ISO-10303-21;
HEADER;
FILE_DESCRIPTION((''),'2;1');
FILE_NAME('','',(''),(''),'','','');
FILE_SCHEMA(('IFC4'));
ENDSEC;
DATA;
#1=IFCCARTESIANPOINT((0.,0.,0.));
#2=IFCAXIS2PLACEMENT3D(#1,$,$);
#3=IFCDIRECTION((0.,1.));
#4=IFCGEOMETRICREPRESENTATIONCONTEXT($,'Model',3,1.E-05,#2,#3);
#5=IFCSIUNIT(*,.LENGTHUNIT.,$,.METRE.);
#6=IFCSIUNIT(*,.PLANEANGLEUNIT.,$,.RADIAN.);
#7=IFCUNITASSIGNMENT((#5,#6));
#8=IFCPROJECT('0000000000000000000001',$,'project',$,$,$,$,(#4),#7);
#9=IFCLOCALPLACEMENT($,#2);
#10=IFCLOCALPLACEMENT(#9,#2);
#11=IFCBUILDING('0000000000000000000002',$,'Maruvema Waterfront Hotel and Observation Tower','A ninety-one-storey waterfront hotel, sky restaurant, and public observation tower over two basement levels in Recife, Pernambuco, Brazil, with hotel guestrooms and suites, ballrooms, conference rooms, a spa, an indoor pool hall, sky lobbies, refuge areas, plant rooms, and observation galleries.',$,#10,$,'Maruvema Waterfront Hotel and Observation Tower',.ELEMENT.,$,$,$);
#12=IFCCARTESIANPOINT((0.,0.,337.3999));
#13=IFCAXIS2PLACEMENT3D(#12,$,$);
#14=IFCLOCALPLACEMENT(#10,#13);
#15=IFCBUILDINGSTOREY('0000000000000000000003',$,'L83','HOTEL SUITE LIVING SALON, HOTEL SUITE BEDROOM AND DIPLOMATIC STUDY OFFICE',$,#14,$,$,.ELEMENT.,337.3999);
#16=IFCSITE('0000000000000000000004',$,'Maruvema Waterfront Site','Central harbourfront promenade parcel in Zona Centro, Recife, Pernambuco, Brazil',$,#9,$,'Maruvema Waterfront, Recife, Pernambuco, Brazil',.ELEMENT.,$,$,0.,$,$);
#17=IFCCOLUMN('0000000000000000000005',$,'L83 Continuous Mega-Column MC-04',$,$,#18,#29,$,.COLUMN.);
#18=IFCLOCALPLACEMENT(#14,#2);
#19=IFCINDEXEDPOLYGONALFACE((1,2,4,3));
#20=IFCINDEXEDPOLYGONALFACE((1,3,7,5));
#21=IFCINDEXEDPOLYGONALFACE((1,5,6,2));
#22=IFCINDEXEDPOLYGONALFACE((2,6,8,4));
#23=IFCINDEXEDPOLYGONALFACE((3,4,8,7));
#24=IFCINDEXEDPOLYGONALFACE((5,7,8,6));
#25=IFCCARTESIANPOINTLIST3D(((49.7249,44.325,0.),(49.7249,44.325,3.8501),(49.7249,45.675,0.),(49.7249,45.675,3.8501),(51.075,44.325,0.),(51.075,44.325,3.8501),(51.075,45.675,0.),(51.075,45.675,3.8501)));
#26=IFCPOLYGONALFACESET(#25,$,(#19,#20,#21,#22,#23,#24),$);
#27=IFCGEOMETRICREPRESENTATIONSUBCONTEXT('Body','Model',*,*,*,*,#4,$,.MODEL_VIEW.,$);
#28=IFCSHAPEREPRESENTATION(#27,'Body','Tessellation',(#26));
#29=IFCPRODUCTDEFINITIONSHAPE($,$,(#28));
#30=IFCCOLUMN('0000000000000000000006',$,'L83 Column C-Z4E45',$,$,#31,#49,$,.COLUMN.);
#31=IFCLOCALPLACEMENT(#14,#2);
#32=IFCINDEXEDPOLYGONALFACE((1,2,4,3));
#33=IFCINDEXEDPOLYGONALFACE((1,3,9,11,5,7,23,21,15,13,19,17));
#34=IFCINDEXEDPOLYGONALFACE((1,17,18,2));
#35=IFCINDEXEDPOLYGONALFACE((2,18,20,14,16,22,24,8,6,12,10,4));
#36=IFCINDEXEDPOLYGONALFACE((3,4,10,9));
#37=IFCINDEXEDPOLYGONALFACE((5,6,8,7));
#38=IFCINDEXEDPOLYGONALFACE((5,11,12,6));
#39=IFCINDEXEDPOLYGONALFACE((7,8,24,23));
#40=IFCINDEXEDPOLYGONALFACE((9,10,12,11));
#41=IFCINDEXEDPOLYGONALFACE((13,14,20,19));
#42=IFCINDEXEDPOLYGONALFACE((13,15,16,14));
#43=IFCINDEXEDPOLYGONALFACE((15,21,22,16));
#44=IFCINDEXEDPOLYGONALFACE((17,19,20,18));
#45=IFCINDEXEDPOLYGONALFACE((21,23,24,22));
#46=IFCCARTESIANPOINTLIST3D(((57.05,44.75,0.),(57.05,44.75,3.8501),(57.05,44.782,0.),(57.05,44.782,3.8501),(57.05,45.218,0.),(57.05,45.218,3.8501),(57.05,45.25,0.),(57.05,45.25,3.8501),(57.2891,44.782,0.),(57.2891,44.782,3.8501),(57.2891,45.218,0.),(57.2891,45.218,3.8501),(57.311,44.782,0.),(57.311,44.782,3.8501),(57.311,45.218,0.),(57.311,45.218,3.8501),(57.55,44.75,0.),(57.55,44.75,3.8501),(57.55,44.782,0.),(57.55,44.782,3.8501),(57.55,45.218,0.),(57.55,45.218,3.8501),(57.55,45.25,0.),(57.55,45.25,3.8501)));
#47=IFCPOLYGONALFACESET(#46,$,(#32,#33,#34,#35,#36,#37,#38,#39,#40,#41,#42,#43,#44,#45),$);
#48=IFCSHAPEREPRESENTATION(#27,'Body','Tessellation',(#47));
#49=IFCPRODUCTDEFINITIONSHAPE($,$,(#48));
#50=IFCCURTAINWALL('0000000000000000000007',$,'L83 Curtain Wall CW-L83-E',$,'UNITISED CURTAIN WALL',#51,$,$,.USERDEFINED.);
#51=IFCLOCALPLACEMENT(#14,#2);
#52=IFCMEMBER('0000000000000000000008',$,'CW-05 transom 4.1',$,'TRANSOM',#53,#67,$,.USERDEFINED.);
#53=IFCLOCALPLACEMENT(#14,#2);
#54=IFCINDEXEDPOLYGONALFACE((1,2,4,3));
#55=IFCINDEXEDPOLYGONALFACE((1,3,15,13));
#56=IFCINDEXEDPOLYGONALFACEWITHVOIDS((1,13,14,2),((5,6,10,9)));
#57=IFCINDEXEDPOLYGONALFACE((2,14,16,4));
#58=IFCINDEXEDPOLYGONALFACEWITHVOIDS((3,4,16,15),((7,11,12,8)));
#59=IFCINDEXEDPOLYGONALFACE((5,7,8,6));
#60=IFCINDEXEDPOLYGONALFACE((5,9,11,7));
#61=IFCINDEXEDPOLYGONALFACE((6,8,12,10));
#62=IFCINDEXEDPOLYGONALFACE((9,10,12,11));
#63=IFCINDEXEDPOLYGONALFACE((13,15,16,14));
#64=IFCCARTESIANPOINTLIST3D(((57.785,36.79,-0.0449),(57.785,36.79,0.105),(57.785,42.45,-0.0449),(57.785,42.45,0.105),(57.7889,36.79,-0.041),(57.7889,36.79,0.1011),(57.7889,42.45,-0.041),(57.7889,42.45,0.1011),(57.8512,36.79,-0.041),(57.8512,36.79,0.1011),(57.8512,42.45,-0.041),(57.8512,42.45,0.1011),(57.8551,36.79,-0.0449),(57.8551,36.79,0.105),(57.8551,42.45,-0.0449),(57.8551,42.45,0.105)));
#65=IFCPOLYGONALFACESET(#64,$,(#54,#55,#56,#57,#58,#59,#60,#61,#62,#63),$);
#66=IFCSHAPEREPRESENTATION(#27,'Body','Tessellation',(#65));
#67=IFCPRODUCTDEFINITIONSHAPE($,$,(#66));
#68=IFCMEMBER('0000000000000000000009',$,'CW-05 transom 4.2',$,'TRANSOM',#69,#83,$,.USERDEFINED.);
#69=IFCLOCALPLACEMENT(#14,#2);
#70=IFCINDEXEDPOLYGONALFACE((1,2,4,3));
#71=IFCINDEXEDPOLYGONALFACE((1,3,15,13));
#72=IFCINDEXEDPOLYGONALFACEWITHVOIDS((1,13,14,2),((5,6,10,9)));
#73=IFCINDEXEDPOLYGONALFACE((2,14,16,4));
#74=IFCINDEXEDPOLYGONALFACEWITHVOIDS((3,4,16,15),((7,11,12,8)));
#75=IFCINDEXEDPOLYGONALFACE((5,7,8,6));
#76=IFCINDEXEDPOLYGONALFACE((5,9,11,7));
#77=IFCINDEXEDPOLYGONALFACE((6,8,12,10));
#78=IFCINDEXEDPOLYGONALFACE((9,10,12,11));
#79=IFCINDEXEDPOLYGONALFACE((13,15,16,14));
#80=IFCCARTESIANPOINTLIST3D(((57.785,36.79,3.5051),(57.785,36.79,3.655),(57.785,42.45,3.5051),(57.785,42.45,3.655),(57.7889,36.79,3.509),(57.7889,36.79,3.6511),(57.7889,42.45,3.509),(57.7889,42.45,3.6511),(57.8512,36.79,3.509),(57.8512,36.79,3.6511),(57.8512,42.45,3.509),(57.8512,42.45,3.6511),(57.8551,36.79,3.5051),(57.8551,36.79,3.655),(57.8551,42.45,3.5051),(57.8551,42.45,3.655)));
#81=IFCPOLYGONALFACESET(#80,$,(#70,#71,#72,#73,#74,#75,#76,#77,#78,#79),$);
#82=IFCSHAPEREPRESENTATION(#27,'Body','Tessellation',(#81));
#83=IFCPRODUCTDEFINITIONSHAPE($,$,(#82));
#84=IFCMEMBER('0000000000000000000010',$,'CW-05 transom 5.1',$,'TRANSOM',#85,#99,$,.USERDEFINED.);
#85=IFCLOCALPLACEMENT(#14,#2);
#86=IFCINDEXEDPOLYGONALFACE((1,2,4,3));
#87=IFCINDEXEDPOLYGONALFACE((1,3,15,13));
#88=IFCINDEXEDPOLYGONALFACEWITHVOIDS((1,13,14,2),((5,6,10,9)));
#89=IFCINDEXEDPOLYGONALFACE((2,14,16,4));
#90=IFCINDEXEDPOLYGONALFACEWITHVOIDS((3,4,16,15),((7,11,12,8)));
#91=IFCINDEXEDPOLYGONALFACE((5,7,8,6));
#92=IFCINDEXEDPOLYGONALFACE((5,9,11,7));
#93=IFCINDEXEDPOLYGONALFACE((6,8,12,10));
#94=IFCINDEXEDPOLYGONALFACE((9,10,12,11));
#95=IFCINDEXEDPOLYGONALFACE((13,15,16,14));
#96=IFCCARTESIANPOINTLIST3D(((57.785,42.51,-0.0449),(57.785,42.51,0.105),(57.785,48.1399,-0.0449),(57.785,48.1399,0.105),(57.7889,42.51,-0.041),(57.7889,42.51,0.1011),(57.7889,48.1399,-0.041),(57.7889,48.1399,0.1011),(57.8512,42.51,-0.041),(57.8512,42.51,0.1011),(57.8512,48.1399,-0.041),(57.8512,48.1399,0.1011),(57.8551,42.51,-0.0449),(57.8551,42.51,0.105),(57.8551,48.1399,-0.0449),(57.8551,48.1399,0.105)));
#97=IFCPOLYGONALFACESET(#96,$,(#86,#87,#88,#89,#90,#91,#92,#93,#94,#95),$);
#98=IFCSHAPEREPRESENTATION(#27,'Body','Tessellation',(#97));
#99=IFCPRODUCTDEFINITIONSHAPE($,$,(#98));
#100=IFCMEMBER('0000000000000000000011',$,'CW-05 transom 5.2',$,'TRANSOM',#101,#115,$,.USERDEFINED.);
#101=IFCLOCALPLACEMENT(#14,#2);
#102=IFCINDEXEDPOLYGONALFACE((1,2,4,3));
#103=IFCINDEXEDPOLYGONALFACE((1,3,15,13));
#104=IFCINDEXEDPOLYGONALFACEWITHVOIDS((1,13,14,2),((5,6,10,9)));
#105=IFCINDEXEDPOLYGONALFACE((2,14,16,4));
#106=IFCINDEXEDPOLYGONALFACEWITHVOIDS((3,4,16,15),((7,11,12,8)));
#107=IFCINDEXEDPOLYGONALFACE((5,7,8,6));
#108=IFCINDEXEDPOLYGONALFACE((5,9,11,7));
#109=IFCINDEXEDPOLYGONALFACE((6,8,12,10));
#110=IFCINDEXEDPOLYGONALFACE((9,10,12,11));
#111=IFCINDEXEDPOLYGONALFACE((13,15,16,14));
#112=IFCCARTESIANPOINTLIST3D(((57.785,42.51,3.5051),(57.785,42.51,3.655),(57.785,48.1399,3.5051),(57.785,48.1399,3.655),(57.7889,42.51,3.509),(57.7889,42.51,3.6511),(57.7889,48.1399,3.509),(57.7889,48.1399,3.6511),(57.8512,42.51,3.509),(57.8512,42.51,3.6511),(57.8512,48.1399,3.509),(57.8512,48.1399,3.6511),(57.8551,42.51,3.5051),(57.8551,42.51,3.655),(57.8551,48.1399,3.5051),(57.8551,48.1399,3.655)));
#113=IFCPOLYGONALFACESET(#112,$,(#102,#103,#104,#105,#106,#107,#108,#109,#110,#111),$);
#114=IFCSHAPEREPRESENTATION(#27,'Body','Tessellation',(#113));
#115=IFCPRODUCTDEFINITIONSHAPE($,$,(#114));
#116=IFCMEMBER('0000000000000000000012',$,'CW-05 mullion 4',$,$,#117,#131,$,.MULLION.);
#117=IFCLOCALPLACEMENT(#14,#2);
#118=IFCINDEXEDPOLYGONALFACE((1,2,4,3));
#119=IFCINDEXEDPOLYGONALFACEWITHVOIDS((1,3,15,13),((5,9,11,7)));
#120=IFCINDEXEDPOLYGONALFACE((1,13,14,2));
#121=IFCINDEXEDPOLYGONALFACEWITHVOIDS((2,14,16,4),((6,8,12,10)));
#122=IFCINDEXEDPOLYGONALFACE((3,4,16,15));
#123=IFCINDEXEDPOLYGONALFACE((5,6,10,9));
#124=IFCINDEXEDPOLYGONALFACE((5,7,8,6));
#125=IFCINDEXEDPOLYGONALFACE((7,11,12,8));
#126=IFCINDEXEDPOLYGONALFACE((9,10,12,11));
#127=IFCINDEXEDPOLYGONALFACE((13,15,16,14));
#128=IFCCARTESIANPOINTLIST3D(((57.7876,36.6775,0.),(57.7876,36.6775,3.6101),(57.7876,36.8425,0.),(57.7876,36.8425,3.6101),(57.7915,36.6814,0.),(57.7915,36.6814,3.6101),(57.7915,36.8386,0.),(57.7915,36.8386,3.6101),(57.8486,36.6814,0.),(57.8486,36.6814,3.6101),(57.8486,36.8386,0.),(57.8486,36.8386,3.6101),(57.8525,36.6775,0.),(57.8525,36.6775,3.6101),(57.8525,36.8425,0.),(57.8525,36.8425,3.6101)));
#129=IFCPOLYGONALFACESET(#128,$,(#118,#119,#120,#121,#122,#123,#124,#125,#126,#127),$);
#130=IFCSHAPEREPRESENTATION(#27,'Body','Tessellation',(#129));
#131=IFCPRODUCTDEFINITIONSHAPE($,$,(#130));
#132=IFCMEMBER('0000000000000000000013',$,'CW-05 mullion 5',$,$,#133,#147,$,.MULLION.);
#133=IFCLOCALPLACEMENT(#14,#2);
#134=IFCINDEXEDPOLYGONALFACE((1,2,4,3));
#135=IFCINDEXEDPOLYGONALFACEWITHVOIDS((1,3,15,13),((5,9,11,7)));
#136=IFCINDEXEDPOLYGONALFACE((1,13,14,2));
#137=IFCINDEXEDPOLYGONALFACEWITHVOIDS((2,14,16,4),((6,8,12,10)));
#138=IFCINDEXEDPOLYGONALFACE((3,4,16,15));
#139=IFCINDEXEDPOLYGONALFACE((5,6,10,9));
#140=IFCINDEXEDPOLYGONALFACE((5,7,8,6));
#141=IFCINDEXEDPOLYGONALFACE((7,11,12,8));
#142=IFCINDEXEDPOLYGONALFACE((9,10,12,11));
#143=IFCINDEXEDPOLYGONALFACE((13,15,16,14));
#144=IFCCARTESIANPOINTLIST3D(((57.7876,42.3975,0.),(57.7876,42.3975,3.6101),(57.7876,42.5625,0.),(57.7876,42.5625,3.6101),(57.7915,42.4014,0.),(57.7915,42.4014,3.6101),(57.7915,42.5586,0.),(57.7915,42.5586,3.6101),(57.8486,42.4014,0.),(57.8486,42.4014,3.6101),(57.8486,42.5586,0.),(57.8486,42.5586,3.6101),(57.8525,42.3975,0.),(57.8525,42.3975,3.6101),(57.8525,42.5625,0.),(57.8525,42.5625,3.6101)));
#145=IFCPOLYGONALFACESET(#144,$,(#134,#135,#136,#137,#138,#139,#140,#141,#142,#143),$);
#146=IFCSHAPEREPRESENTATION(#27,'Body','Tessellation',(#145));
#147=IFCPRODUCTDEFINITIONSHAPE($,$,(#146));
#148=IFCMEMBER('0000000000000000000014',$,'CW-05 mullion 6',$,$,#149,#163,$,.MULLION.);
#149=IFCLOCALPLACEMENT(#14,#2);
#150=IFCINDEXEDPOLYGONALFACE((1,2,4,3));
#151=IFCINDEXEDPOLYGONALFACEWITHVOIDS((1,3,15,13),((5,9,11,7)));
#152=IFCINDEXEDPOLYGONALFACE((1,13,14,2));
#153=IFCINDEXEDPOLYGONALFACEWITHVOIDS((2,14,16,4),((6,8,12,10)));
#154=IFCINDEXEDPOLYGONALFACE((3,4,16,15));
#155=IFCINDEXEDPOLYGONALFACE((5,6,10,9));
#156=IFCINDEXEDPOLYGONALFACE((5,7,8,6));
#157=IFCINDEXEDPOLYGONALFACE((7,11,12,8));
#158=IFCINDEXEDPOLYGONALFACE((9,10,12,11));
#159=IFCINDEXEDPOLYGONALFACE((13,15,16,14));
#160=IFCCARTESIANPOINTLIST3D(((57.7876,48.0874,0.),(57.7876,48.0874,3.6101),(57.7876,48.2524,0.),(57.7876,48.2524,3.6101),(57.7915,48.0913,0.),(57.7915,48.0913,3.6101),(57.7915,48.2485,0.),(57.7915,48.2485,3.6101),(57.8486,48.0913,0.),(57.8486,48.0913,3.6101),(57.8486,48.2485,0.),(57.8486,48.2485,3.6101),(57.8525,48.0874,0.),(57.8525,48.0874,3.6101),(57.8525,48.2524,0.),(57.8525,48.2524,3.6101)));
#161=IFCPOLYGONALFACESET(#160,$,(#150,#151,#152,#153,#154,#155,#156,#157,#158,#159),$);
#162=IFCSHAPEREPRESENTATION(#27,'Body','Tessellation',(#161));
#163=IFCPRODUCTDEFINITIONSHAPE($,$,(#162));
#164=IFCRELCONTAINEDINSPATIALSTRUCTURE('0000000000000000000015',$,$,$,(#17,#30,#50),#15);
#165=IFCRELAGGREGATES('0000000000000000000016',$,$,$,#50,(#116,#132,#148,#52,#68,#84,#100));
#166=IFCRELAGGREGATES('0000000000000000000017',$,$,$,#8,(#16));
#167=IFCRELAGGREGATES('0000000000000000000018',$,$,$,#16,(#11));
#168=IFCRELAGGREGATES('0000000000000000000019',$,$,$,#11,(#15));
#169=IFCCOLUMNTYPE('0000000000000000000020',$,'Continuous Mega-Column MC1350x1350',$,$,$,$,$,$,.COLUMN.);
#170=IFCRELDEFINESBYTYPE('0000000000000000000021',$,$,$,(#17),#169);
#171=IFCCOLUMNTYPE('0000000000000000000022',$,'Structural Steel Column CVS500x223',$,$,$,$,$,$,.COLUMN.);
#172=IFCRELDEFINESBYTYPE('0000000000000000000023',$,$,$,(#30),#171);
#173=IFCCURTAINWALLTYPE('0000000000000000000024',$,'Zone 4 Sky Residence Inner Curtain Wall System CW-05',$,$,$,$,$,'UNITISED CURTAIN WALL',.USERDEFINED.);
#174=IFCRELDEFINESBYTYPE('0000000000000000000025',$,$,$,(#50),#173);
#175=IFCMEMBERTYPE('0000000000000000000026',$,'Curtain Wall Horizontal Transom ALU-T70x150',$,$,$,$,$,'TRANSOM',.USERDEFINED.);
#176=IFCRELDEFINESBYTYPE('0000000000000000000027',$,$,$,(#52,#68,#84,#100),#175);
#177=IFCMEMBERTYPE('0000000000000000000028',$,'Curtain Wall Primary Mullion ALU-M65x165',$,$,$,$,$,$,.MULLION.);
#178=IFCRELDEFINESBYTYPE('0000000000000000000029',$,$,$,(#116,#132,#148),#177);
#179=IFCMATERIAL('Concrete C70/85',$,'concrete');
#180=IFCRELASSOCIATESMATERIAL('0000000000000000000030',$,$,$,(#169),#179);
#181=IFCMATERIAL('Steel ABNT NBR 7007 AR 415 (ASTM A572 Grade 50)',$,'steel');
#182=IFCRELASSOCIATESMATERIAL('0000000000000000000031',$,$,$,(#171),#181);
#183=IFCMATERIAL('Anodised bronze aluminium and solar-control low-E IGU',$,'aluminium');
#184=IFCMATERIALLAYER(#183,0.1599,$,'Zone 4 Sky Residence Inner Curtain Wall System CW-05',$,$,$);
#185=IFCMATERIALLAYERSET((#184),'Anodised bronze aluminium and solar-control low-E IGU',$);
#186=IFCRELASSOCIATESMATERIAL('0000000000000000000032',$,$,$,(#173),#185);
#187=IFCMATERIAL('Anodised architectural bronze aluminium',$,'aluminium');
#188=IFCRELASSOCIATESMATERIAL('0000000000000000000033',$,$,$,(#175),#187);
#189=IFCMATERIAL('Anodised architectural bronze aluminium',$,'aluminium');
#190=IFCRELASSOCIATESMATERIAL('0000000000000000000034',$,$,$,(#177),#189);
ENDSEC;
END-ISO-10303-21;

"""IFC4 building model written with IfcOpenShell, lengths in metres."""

from ifc_helpers import new_model, si_unit, direction, frame, origin, origin_2d, place, context, subcontext, project, spatial, rectangle, hollow_rectangle, i_section, extrude, material, layer, layer_set, material_profile, profile_set, type_object, element, aggregate, save


model = new_model("IFC4")

# Units and contexts
model_context = context("Model", 3, precision=1e-05, world=origin(), true_north=direction((0.0, 1.0)))
body_context = subcontext(model_context, "Body", "Model", "MODEL_VIEW")
ifc_project = project(units=[si_unit("LENGTHUNIT", "METRE"), si_unit("PLANEANGLEUNIT", "RADIAN")], contexts=[model_context])

# Site, building, storey
site_placement = place(None, origin())
site = spatial("IfcSite", under=ifc_project, at=site_placement, Name="Maruvema Waterfront Site", Description="Central harbourfront promenade parcel in Zona Centro, Recife, Pernambuco, Brazil", LongName="Maruvema Waterfront, Recife, Pernambuco, Brazil", CompositionType="ELEMENT", RefElevation=0.0)
building_placement = place(site_placement, origin())
building = spatial("IfcBuilding", under=site, at=building_placement, Name="Maruvema Waterfront Hotel and Observation Tower", Description="A ninety-one-storey waterfront hotel, sky restaurant, and public observation tower over two basement levels in Recife, Pernambuco, Brazil, with hotel guestrooms and suites, ballrooms, conference rooms, a spa, an indoor pool hall, sky lobbies, refuge areas, plant rooms, and observation galleries.", LongName="Maruvema Waterfront Hotel and Observation Tower", CompositionType="ELEMENT")
storey_placement = place(building_placement, frame((0.0, 0.0, 337.3999)))
storey = spatial("IfcBuildingStorey", under=building, at=storey_placement, Name="L83", Description="HOTEL SUITE LIVING SALON, HOTEL SUITE BEDROOM AND DIPLOMATIC STUDY OFFICE", CompositionType="ELEMENT", Elevation=337.3999)

# Columns
ifc_material_1 = material(Name="Concrete C70/85", Category="concrete")
ifc_material_profile_1 = material_profile(ifc_material_1, rectangle(XDim=1.3501, YDim=1.3501, at=origin_2d()), Name="MC1350x1350")
ifc_profile_set_1 = profile_set([ifc_material_profile_1], Name="Concrete C70/85")
column_type_1 = type_object("IfcColumnType", Name="Continuous Mega-Column MC1350x1350", PredefinedType="COLUMN", material=ifc_profile_set_1)
column_1_placement = place(storey_placement, frame((50.3999, 45.0, 0.0), z_axis=(0.0, 0.0, 1.0), x_axis=(1.0, 0.0, 0.0)))
element("IfcColumn", 1, at=column_1_placement, inside=storey, type_object=column_type_1, Name="L83 Continuous Mega-Column MC-04", PredefinedType="COLUMN", context=body_context, shape_type="SweptSolid", body=[
    extrude(rectangle(XDim=1.3501, YDim=1.3501, at=origin_2d()), origin(), (0.0, 0.0, 1.0), 3.8501),
])
ifc_material_2 = material(Name="Steel ABNT NBR 7007 AR 415 (ASTM A572 Grade 50)", Category="steel")
ifc_material_profile_2 = material_profile(ifc_material_2, i_section(OverallWidth=0.5, OverallDepth=0.5, WebThickness=0.022, FlangeThickness=0.032, at=origin_2d()), Name="CVS500x223")
ifc_profile_set_2 = profile_set([ifc_material_profile_2], Name="Steel ABNT NBR 7007 AR 415 (ASTM A572 Grade 50)")
column_type_2 = type_object("IfcColumnType", Name="Structural Steel Column CVS500x223", PredefinedType="COLUMN", material=ifc_profile_set_2)
column_2_placement = place(storey_placement, frame((57.3, 45.0, 0.0), z_axis=(0.0, 0.0, 1.0), x_axis=(1.0, 0.0, 0.0)))
element("IfcColumn", 2, at=column_2_placement, inside=storey, type_object=column_type_2, Name="L83 Column C-Z4E45", PredefinedType="COLUMN", context=body_context, shape_type="SweptSolid", body=[
    extrude(i_section(OverallWidth=0.5, OverallDepth=0.5, WebThickness=0.022, FlangeThickness=0.032, at=origin_2d()), origin(), (0.0, 0.0, 1.0), 3.8501),
])

# Curtain wall, members
ifc_material_3 = material(Name="Anodised bronze aluminium and solar-control low-E IGU", Category="aluminium")
ifc_layer_1 = layer(ifc_material_3, 0.1599, Name="Zone 4 Sky Residence Inner Curtain Wall System CW-05")
ifc_layer_set_1 = layer_set([ifc_layer_1], Name="Anodised bronze aluminium and solar-control low-E IGU")
curtain_wall_type = type_object("IfcCurtainWallType", Name="Zone 4 Sky Residence Inner Curtain Wall System CW-05", ElementType="UNITISED CURTAIN WALL", PredefinedType="USERDEFINED", material=ifc_layer_set_1)
curtain_wall_placement = place(storey_placement, origin())
curtain_wall = element("IfcCurtainWall", 3, at=curtain_wall_placement, inside=storey, type_object=curtain_wall_type, Name="L83 Curtain Wall CW-L83-E", ObjectType="UNITISED CURTAIN WALL", PredefinedType="USERDEFINED")
ifc_material_4 = material(Name="Anodised architectural bronze aluminium", Category="aluminium")
ifc_material_profile_3 = material_profile(ifc_material_4, hollow_rectangle(XDim=0.0701, YDim=0.1499, WallThickness=0.0039, at=origin_2d()), Name="ALU-T70x150")
ifc_profile_set_3 = profile_set([ifc_material_profile_3], Name="Anodised architectural bronze aluminium")
member_type_1 = type_object("IfcMemberType", Name="Curtain Wall Horizontal Transom ALU-T70x150", ElementType="TRANSOM", PredefinedType="USERDEFINED", material=ifc_profile_set_3)
member_1_placement = place(storey_placement, frame((57.8201, 36.79, 0.03), z_axis=(0.0, 1.0, 0.0), x_axis=(-1.0, 0.0, 0.0)))
member_1 = element("IfcMember", 4, at=member_1_placement, type_object=member_type_1, Name="CW-05 transom 4.1", ObjectType="TRANSOM", PredefinedType="USERDEFINED", context=body_context, shape_type="SweptSolid", body=[
    extrude(hollow_rectangle(XDim=0.0701, YDim=0.1499, WallThickness=0.0039, at=origin_2d()), origin(), (0.0, 0.0, 1.0), 5.6599),
])
member_2_placement = place(storey_placement, frame((57.8201, 36.79, 3.5801), z_axis=(0.0, 1.0, 0.0), x_axis=(-1.0, 0.0, 0.0)))
member_2 = element("IfcMember", 5, at=member_2_placement, type_object=member_type_1, Name="CW-05 transom 4.2", ObjectType="TRANSOM", PredefinedType="USERDEFINED", context=body_context, shape_type="SweptSolid", body=[
    extrude(hollow_rectangle(XDim=0.0701, YDim=0.1499, WallThickness=0.0039, at=origin_2d()), origin(), (0.0, 0.0, 1.0), 5.6599),
])
member_3_placement = place(storey_placement, frame((57.8201, 42.51, 0.03), z_axis=(0.0, 1.0, 0.0), x_axis=(-1.0, 0.0, 0.0)))
member_3 = element("IfcMember", 6, at=member_3_placement, type_object=member_type_1, Name="CW-05 transom 5.1", ObjectType="TRANSOM", PredefinedType="USERDEFINED", context=body_context, shape_type="SweptSolid", body=[
    extrude(hollow_rectangle(XDim=0.0701, YDim=0.1499, WallThickness=0.0039, at=origin_2d()), origin(), (0.0, 0.0, 1.0), 5.6299),
])
member_4_placement = place(storey_placement, frame((57.8201, 42.51, 3.5801), z_axis=(0.0, 1.0, 0.0), x_axis=(-1.0, 0.0, 0.0)))
member_4 = element("IfcMember", 7, at=member_4_placement, type_object=member_type_1, Name="CW-05 transom 5.2", ObjectType="TRANSOM", PredefinedType="USERDEFINED", context=body_context, shape_type="SweptSolid", body=[
    extrude(hollow_rectangle(XDim=0.0701, YDim=0.1499, WallThickness=0.0039, at=origin_2d()), origin(), (0.0, 0.0, 1.0), 5.6299),
])
ifc_material_5 = material(Name="Anodised architectural bronze aluminium", Category="aluminium")
ifc_material_profile_4 = material_profile(ifc_material_5, hollow_rectangle(XDim=0.0649, YDim=0.165, WallThickness=0.0039, at=origin_2d()), Name="ALU-M65x165")
ifc_profile_set_4 = profile_set([ifc_material_profile_4], Name="Anodised architectural bronze aluminium")
member_type_2 = type_object("IfcMemberType", Name="Curtain Wall Primary Mullion ALU-M65x165", PredefinedType="MULLION", material=ifc_profile_set_4)
member_5_placement = place(storey_placement, frame((57.8201, 36.76, 0.0), z_axis=(0.0, 0.0, 1.0), x_axis=(-1.0, 0.0, 0.0)))
member_5 = element("IfcMember", 8, at=member_5_placement, type_object=member_type_2, Name="CW-05 mullion 4", PredefinedType="MULLION", context=body_context, shape_type="SweptSolid", body=[
    extrude(hollow_rectangle(XDim=0.0649, YDim=0.165, WallThickness=0.0039, at=origin_2d()), origin(), (0.0, 0.0, 1.0), 3.6101),
])
member_6_placement = place(storey_placement, frame((57.8201, 42.48, 0.0), z_axis=(0.0, 0.0, 1.0), x_axis=(-1.0, 0.0, 0.0)))
member_6 = element("IfcMember", 9, at=member_6_placement, type_object=member_type_2, Name="CW-05 mullion 5", PredefinedType="MULLION", context=body_context, shape_type="SweptSolid", body=[
    extrude(hollow_rectangle(XDim=0.0649, YDim=0.165, WallThickness=0.0039, at=origin_2d()), origin(), (0.0, 0.0, 1.0), 3.6101),
])
member_7_placement = place(storey_placement, frame((57.8201, 48.1699, 0.0), z_axis=(0.0, 0.0, 1.0), x_axis=(-1.0, 0.0, 0.0)))
member_7 = element("IfcMember", 10, at=member_7_placement, type_object=member_type_2, Name="CW-05 mullion 6", PredefinedType="MULLION", context=body_context, shape_type="SweptSolid", body=[
    extrude(hollow_rectangle(XDim=0.0649, YDim=0.165, WallThickness=0.0039, at=origin_2d()), origin(), (0.0, 0.0, 1.0), 3.6101),
])

aggregate(curtain_wall, [member_5, member_6, member_7, member_1, member_2, member_3, member_4])

save(model, "model.ifc")
